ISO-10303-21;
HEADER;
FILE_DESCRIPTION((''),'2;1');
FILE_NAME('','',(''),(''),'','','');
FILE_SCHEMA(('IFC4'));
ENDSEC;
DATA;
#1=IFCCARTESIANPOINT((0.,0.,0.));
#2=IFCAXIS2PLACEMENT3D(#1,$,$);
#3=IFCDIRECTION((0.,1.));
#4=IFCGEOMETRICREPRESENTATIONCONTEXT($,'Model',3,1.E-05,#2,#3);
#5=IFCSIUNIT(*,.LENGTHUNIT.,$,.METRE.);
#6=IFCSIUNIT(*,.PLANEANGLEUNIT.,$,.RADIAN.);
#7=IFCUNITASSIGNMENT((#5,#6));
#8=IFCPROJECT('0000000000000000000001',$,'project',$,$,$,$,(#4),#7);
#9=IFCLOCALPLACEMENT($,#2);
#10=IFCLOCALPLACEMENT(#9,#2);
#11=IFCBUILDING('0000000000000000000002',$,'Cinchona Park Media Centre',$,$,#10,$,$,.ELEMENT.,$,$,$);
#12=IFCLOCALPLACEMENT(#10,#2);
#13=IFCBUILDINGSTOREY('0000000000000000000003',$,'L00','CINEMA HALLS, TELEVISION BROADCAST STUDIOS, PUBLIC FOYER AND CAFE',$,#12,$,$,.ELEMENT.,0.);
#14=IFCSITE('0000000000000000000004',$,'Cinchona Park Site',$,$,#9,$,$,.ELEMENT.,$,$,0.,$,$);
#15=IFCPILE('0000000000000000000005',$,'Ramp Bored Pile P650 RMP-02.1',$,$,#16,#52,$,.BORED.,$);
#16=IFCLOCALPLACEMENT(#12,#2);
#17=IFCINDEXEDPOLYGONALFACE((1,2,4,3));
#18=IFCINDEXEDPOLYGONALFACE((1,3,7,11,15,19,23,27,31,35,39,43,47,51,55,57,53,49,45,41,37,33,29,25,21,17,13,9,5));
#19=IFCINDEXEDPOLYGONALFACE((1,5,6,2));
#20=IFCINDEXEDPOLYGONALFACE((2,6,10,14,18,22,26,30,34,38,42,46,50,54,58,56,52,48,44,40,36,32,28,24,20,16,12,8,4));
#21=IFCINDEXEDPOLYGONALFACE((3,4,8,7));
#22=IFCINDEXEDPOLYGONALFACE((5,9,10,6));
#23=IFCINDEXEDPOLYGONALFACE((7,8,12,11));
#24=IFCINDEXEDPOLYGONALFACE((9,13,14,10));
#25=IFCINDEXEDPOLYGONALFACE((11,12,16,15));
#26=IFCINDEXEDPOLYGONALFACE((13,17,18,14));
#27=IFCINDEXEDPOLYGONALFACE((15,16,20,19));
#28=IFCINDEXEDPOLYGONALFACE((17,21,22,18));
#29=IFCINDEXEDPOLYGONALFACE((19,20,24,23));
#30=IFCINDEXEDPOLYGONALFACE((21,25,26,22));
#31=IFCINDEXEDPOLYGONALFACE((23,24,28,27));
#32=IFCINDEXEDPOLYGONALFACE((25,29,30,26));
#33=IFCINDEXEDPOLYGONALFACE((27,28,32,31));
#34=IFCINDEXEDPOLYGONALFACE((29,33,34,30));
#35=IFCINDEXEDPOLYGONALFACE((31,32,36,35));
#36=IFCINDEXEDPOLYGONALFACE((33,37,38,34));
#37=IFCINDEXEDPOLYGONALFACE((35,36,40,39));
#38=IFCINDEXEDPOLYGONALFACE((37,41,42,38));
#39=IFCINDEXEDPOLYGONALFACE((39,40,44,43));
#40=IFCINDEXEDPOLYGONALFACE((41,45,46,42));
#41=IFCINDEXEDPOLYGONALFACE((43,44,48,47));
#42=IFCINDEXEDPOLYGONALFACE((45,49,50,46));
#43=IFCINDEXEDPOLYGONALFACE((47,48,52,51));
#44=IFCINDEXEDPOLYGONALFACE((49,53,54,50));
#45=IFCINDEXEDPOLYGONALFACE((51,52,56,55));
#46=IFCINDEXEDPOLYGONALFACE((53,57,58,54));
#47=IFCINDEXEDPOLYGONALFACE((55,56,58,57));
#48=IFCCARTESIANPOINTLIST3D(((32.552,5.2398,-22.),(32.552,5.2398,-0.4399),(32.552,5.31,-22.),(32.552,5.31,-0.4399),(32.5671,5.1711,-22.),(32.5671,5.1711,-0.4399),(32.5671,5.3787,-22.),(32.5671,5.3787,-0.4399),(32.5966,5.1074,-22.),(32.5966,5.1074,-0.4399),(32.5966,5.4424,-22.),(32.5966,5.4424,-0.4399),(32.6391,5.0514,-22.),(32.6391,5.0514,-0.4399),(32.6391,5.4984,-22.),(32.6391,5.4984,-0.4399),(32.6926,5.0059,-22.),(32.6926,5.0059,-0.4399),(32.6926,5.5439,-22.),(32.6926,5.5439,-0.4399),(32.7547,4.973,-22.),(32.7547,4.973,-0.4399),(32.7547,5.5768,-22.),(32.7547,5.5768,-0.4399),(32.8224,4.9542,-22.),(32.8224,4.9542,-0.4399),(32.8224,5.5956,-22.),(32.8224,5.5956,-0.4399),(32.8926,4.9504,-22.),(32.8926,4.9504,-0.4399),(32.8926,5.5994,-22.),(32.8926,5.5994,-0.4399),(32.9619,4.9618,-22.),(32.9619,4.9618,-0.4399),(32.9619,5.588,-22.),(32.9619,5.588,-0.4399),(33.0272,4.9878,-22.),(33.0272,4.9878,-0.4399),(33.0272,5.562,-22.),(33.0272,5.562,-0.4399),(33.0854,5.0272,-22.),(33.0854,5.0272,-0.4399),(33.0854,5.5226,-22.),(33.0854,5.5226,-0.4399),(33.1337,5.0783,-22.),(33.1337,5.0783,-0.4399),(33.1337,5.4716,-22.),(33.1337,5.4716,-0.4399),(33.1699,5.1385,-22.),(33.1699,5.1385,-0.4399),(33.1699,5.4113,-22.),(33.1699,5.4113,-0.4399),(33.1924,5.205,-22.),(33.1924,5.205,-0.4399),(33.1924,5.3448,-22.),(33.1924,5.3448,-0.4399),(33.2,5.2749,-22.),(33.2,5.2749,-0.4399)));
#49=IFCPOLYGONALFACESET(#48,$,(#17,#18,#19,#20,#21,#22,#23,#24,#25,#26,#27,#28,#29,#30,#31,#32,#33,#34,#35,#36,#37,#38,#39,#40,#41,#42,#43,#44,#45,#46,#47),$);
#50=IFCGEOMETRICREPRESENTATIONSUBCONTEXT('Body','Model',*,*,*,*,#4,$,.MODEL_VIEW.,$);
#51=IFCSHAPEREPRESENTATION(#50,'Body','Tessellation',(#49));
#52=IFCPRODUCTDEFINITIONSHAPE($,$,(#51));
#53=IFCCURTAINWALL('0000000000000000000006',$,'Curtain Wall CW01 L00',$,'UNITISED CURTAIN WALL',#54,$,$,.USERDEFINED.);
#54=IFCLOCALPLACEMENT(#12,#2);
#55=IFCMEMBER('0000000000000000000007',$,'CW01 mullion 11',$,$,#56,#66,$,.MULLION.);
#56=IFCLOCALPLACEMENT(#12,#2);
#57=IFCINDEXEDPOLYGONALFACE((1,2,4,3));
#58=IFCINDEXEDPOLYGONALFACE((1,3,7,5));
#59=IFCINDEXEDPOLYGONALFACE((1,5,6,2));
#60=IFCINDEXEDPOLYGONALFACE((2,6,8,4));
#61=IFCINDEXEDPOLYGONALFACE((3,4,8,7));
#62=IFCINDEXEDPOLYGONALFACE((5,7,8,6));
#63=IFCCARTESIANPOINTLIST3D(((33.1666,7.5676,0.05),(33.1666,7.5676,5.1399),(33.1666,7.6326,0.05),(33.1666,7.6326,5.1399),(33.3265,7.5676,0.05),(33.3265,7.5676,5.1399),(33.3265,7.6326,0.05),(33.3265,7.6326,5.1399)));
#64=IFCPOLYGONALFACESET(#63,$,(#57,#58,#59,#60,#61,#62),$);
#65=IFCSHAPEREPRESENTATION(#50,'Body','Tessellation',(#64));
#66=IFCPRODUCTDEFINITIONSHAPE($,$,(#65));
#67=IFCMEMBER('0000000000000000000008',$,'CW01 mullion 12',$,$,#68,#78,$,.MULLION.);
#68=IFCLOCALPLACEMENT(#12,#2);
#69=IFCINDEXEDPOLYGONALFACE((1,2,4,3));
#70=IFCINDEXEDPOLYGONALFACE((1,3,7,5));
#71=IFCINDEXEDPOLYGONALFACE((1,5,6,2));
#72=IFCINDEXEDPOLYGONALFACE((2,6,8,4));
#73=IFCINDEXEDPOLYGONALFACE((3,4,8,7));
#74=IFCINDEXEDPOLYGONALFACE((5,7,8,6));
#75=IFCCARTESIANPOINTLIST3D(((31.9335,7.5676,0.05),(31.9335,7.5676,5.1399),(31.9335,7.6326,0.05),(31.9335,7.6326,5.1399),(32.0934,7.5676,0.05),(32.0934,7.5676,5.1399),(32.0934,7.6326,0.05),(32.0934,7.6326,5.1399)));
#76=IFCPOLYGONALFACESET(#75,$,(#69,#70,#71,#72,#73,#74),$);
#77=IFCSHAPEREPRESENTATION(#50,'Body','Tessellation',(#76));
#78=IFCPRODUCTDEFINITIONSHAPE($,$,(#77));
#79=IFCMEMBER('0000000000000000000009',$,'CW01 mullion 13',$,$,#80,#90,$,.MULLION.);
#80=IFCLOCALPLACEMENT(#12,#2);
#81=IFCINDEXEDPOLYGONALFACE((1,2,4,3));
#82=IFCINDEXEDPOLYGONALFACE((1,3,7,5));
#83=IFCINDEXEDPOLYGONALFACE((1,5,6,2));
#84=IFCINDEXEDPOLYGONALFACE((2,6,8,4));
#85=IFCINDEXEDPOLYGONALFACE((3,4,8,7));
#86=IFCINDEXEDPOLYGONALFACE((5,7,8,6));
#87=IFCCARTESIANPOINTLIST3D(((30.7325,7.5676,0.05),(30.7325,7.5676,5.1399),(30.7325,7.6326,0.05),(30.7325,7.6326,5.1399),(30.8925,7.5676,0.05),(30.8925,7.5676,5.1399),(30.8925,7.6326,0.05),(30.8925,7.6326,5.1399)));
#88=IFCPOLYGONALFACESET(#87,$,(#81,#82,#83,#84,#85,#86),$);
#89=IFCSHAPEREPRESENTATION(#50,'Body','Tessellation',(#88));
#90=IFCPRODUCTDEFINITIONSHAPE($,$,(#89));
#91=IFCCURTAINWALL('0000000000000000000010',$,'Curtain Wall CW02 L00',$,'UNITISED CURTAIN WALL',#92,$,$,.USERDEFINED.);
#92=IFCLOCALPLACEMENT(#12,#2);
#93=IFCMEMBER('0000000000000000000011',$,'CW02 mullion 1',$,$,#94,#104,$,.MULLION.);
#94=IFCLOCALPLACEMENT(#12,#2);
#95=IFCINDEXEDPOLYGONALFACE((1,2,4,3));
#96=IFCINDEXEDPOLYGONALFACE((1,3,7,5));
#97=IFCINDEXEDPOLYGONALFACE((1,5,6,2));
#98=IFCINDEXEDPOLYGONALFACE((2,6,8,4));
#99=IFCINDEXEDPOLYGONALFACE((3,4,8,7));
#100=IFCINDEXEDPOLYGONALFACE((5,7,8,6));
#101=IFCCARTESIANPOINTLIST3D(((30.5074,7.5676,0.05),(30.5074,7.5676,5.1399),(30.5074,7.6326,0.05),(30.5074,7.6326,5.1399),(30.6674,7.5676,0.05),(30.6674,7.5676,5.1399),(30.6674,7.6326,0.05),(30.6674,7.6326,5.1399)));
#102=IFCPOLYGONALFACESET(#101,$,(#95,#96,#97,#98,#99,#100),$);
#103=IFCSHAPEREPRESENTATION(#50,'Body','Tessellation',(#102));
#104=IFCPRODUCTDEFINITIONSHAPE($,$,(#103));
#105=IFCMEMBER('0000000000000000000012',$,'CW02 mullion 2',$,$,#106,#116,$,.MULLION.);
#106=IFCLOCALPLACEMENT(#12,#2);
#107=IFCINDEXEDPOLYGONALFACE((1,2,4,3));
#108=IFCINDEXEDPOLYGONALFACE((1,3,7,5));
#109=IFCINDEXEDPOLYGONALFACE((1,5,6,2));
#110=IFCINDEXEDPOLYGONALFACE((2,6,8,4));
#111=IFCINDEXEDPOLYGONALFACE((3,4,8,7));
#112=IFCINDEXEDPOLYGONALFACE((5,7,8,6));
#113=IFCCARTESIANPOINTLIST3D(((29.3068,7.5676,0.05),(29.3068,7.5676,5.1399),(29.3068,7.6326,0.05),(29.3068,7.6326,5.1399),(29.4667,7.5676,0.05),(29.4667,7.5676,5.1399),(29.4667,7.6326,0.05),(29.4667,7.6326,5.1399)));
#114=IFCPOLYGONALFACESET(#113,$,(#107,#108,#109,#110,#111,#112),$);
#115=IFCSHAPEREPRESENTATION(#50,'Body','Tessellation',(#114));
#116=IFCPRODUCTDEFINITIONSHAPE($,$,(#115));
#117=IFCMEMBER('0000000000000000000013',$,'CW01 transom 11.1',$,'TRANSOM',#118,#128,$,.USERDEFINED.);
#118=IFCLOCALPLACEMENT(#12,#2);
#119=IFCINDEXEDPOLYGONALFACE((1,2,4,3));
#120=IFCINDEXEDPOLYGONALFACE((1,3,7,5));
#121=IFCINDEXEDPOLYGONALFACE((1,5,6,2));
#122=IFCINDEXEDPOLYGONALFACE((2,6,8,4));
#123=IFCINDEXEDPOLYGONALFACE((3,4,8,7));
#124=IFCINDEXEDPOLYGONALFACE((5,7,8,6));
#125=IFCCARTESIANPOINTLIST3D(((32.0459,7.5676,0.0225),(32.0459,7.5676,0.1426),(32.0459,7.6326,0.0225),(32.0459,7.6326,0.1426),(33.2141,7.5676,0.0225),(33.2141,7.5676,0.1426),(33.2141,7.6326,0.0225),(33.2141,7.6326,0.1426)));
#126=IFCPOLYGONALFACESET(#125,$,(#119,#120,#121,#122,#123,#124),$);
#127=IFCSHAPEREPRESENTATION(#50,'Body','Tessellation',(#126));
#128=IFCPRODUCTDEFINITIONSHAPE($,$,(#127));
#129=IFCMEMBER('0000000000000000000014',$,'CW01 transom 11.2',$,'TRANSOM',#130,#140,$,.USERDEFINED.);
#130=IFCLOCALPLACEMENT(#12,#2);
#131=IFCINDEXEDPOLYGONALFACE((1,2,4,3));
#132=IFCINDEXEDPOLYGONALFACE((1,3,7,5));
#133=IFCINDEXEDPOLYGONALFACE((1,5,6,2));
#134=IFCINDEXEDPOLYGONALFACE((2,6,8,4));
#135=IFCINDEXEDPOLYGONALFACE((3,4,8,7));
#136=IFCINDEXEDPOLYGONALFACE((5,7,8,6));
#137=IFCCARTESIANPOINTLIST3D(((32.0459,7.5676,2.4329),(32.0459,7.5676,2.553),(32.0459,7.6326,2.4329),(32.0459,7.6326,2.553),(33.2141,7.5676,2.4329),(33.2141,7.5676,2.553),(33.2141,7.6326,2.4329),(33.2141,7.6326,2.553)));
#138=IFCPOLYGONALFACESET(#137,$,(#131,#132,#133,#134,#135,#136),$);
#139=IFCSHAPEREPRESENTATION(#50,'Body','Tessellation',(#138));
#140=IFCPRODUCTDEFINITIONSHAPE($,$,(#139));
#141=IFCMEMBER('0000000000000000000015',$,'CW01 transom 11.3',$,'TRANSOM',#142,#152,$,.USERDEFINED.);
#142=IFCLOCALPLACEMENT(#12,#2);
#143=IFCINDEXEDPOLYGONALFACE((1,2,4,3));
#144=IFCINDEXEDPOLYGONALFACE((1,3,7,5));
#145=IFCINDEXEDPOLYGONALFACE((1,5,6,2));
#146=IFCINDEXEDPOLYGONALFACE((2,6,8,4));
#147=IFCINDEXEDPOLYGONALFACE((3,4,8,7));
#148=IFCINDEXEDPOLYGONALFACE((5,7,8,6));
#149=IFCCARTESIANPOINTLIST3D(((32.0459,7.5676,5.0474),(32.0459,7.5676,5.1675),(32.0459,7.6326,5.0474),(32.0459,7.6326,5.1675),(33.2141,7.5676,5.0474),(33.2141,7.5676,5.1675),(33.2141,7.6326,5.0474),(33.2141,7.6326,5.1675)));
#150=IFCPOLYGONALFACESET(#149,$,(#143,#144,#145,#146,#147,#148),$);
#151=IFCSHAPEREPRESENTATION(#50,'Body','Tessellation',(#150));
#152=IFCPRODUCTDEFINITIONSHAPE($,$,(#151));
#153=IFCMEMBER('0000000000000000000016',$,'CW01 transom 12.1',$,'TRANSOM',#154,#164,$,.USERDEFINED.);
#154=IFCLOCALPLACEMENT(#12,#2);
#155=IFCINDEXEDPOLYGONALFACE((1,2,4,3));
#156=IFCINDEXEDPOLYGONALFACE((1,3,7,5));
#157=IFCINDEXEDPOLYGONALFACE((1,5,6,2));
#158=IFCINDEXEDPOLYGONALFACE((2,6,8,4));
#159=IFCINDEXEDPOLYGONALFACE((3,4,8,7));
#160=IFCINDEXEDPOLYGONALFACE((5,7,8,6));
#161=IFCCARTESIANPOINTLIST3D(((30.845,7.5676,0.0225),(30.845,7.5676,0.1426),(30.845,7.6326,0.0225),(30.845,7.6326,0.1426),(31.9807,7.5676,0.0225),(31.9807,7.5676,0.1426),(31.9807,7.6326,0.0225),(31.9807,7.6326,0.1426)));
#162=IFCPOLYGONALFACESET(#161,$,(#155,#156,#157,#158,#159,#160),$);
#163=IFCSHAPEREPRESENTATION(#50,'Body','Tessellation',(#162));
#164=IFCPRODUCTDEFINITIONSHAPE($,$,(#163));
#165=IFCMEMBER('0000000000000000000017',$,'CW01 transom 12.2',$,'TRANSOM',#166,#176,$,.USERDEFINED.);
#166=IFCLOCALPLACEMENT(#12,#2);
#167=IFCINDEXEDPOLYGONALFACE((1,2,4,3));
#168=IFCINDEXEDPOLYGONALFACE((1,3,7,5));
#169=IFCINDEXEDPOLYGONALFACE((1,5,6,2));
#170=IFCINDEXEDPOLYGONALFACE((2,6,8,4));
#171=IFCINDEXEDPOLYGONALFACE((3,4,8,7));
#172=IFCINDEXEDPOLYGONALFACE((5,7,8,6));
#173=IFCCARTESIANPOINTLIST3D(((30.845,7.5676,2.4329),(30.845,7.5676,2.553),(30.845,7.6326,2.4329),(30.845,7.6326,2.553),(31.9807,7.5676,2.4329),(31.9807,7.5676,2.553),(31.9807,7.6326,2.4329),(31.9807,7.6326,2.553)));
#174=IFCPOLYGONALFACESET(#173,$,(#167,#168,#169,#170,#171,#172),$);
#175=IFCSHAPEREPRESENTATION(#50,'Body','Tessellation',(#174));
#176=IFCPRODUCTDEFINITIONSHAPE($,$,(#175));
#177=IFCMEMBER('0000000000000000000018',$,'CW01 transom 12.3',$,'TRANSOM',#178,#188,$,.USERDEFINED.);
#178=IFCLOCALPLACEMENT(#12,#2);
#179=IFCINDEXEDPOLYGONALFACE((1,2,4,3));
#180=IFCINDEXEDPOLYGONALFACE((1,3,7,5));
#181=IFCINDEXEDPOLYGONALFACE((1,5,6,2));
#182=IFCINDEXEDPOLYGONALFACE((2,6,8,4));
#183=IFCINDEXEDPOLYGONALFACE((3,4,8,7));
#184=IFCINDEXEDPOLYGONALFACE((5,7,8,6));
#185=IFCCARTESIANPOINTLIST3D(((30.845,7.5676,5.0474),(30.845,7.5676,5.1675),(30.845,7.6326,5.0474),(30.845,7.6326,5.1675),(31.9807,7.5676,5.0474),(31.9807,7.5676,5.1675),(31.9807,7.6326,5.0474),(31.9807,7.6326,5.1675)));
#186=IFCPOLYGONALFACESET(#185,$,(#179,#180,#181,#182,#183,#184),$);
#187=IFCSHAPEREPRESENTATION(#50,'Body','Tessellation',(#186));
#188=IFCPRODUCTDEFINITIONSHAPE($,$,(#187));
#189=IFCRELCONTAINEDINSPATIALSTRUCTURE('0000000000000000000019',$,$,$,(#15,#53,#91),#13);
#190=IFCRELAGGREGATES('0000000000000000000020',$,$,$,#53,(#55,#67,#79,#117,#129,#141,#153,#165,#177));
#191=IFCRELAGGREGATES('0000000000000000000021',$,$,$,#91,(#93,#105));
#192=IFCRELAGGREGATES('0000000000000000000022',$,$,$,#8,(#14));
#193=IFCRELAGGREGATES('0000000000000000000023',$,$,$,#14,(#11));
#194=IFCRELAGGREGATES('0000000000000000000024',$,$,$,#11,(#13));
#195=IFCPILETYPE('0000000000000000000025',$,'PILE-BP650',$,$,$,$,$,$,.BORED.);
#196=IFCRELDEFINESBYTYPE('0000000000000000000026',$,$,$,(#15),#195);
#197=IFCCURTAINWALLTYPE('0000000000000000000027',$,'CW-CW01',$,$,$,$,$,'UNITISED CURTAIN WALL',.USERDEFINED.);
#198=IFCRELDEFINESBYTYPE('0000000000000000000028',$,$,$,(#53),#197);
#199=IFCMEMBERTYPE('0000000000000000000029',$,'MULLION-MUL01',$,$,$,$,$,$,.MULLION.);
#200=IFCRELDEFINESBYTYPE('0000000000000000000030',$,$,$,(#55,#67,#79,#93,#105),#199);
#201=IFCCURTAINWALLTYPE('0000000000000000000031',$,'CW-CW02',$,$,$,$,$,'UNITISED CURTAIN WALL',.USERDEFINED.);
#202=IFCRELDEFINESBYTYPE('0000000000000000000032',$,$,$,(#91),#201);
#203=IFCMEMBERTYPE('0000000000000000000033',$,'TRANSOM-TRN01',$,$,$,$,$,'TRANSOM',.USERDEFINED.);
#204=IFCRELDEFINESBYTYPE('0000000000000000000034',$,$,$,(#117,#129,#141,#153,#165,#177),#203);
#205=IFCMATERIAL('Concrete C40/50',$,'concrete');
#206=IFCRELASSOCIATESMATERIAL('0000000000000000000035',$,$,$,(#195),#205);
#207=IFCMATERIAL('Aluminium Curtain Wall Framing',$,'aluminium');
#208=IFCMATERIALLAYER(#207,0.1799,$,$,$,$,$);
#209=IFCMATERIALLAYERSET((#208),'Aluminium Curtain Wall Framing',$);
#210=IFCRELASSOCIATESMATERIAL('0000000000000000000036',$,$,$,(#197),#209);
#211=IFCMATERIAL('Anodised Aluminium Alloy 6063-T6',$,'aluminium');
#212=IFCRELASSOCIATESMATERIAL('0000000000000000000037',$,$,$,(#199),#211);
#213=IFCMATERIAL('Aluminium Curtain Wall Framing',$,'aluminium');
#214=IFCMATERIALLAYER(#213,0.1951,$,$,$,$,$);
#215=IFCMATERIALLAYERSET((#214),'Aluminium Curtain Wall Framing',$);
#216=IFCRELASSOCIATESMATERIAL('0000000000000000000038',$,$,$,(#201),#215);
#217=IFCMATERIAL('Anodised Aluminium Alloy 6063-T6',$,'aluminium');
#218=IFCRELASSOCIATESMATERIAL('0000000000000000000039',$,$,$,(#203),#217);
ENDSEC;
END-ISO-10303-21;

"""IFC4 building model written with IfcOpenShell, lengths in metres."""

from ifc_helpers import new_model, si_unit, direction, frame, origin, origin_2d, place, context, subcontext, project, spatial, rectangle, circle, extrude, material, layer, layer_set, material_profile, profile_set, type_object, element, aggregate, save


model = new_model("IFC4")

# Units and contexts
model_context = context("Model", 3, precision=1e-05, world=origin(), true_north=direction((0.0, 1.0)))
body_context = subcontext(model_context, "Body", "Model", "MODEL_VIEW")
ifc_project = project(units=[si_unit("LENGTHUNIT", "METRE"), si_unit("PLANEANGLEUNIT", "RADIAN")], contexts=[model_context])

# Site, building, storey
site_placement = place(None, origin())
site = spatial("IfcSite", under=ifc_project, at=site_placement, Name="Cinchona Park Site", CompositionType="ELEMENT", RefElevation=0.0)
building_placement = place(site_placement, origin())
building = spatial("IfcBuilding", under=site, at=building_placement, Name="Cinchona Park Media Centre", CompositionType="ELEMENT")
storey_placement = place(building_placement, origin())
storey = spatial("IfcBuildingStorey", under=building, at=storey_placement, Name="L00", Description="CINEMA HALLS, TELEVISION BROADCAST STUDIOS, PUBLIC FOYER AND CAFE", CompositionType="ELEMENT", Elevation=0.0)

# Pile
ifc_material_1 = material(Name="Concrete C40/50", Category="concrete")
ifc_material_profile_1 = material_profile(ifc_material_1, circle(Radius=0.325, at=origin_2d()), Name="BORED PILE 650")
ifc_profile_set_1 = profile_set([ifc_material_profile_1], Name="Concrete C40/50")
pile_type = type_object("IfcPileType", Name="PILE-BP650", PredefinedType="BORED", material=ifc_profile_set_1)
pile_placement = place(storey_placement, frame((32.875, 5.2749, -0.4399), z_axis=(0.0, 0.0, -1.0), x_axis=(1.0, 0.0, 0.0)))
element("IfcPile", 1, at=pile_placement, inside=storey, type_object=pile_type, Name="Ramp Bored Pile P650 RMP-02.1", PredefinedType="BORED", context=body_context, shape_type="SweptSolid", body=[
    extrude(circle(Radius=0.325, at=origin_2d()), origin(), (0.0, 0.0, 1.0), 21.5601),
])

# Curtain walls, members
ifc_material_2 = material(Name="Aluminium Curtain Wall Framing", Category="aluminium")
ifc_layer_1 = layer(ifc_material_2, 0.1799)
ifc_layer_set_1 = layer_set([ifc_layer_1], Name="Aluminium Curtain Wall Framing")
curtain_wall_type_1 = type_object("IfcCurtainWallType", Name="CW-CW01", ElementType="UNITISED CURTAIN WALL", PredefinedType="USERDEFINED", material=ifc_layer_set_1)
curtain_wall_1_placement = place(storey_placement, origin())
curtain_wall_1 = element("IfcCurtainWall", 2, at=curtain_wall_1_placement, inside=storey, type_object=curtain_wall_type_1, Name="Curtain Wall CW01 L00", ObjectType="UNITISED CURTAIN WALL", PredefinedType="USERDEFINED")
ifc_material_3 = material(Name="Anodised Aluminium Alloy 6063-T6", Category="aluminium")
ifc_material_profile_2 = material_profile(ifc_material_3, rectangle(XDim=0.0649, YDim=0.1599, at=origin_2d()), Name="MUL-65X160")
ifc_profile_set_2 = profile_set([ifc_material_profile_2], Name="Anodised Aluminium Alloy 6063-T6")
member_type_1 = type_object("IfcMemberType", Name="MULLION-MUL01", PredefinedType="MULLION", material=ifc_profile_set_2)
member_1_placement = place(storey_placement, frame((33.2466, 7.6001, 0.05), z_axis=(0.0, 0.0, 1.0), x_axis=(0.0, -1.0, 0.0)))
member_1 = element("IfcMember", 3, at=member_1_placement, type_object=member_type_1, Name="CW01 mullion 11", PredefinedType="MULLION", context=body_context, shape_type="SweptSolid", body=[
    extrude(rectangle(XDim=0.0649, YDim=0.1599, at=origin_2d()), origin(), (0.0, 0.0, 1.0), 5.0898),
])
member_2_placement = place(storey_placement, frame((32.0134, 7.6001, 0.05), z_axis=(0.0, 0.0, 1.0), x_axis=(0.0, -1.0, 0.0)))
member_2 = element("IfcMember", 4, at=member_2_placement, type_object=member_type_1, Name="CW01 mullion 12", PredefinedType="MULLION", context=body_context, shape_type="SweptSolid", body=[
    extrude(rectangle(XDim=0.0649, YDim=0.1599, at=origin_2d()), origin(), (0.0, 0.0, 1.0), 5.0898),
])
member_3_placement = place(storey_placement, frame((30.8125, 7.6001, 0.05), z_axis=(0.0, 0.0, 1.0), x_axis=(0.0, -1.0, 0.0)))
member_3 = element("IfcMember", 5, at=member_3_placement, type_object=member_type_1, Name="CW01 mullion 13", PredefinedType="MULLION", context=body_context, shape_type="SweptSolid", body=[
    extrude(rectangle(XDim=0.0649, YDim=0.1599, at=origin_2d()), origin(), (0.0, 0.0, 1.0), 5.0898),
])
ifc_material_4 = material(Name="Aluminium Curtain Wall Framing", Category="aluminium")
ifc_layer_2 = layer(ifc_material_4, 0.1951)
ifc_layer_set_2 = layer_set([ifc_layer_2], Name="Aluminium Curtain Wall Framing")
curtain_wall_type_2 = type_object("IfcCurtainWallType", Name="CW-CW02", ElementType="UNITISED CURTAIN WALL", PredefinedType="USERDEFINED", material=ifc_layer_set_2)
curtain_wall_2_placement = place(storey_placement, origin())
curtain_wall_2 = element("IfcCurtainWall", 6, at=curtain_wall_2_placement, inside=storey, type_object=curtain_wall_type_2, Name="Curtain Wall CW02 L00", ObjectType="UNITISED CURTAIN WALL", PredefinedType="USERDEFINED")
member_4_placement = place(storey_placement, frame((30.5874, 7.6001, 0.05), z_axis=(0.0, 0.0, 1.0), x_axis=(0.0, -1.0, 0.0)))
member_4 = element("IfcMember", 7, at=member_4_placement, type_object=member_type_1, Name="CW02 mullion 1", PredefinedType="MULLION", context=body_context, shape_type="SweptSolid", body=[
    extrude(rectangle(XDim=0.0649, YDim=0.1599, at=origin_2d()), origin(), (0.0, 0.0, 1.0), 5.0898),
])
member_5_placement = place(storey_placement, frame((29.3867, 7.6001, 0.05), z_axis=(0.0, 0.0, 1.0), x_axis=(0.0, -1.0, 0.0)))
member_5 = element("IfcMember", 8, at=member_5_placement, type_object=member_type_1, Name="CW02 mullion 2", PredefinedType="MULLION", context=body_context, shape_type="SweptSolid", body=[
    extrude(rectangle(XDim=0.0649, YDim=0.1599, at=origin_2d()), origin(), (0.0, 0.0, 1.0), 5.0898),
])

# Members
ifc_material_5 = material(Name="Anodised Aluminium Alloy 6063-T6", Category="aluminium")
ifc_material_profile_3 = material_profile(ifc_material_5, rectangle(XDim=0.0649, YDim=0.1201, at=origin_2d()), Name="TRN-65X120")
ifc_profile_set_3 = profile_set([ifc_material_profile_3], Name="Anodised Aluminium Alloy 6063-T6")
member_type_2 = type_object("IfcMemberType", Name="TRANSOM-TRN01", ElementType="TRANSOM", PredefinedType="USERDEFINED", material=ifc_profile_set_3)
member_6_placement = place(storey_placement, frame((33.2141, 7.6001, 0.0825), z_axis=(-1.0, 0.0, 0.0), x_axis=(0.0, -1.0, 0.0)))
member_6 = element("IfcMember", 9, at=member_6_placement, type_object=member_type_2, Name="CW01 transom 11.1", ObjectType="TRANSOM", PredefinedType="USERDEFINED", context=body_context, shape_type="SweptSolid", body=[
    extrude(rectangle(XDim=0.0649, YDim=0.1201, at=origin_2d()), origin(), (0.0, 0.0, 1.0), 1.1682),
])
member_7_placement = place(storey_placement, frame((33.2141, 7.6001, 2.4929), z_axis=(-1.0, 0.0, 0.0), x_axis=(0.0, -1.0, 0.0)))
member_7 = element("IfcMember", 10, at=member_7_placement, type_object=member_type_2, Name="CW01 transom 11.2", ObjectType="TRANSOM", PredefinedType="USERDEFINED", context=body_context, shape_type="SweptSolid", body=[
    extrude(rectangle(XDim=0.0649, YDim=0.1201, at=origin_2d()), origin(), (0.0, 0.0, 1.0), 1.1682),
])
member_8_placement = place(storey_placement, frame((33.2141, 7.6001, 5.1074), z_axis=(-1.0, 0.0, 0.0), x_axis=(0.0, -1.0, 0.0)))
member_8 = element("IfcMember", 11, at=member_8_placement, type_object=member_type_2, Name="CW01 transom 11.3", ObjectType="TRANSOM", PredefinedType="USERDEFINED", context=body_context, shape_type="SweptSolid", body=[
    extrude(rectangle(XDim=0.0649, YDim=0.1201, at=origin_2d()), origin(), (0.0, 0.0, 1.0), 1.1682),
])
member_9_placement = place(storey_placement, frame((31.9807, 7.6001, 0.0825), z_axis=(-1.0, 0.0, 0.0), x_axis=(0.0, -1.0, 0.0)))
member_9 = element("IfcMember", 12, at=member_9_placement, type_object=member_type_2, Name="CW01 transom 12.1", ObjectType="TRANSOM", PredefinedType="USERDEFINED", context=body_context, shape_type="SweptSolid", body=[
    extrude(rectangle(XDim=0.0649, YDim=0.1201, at=origin_2d()), origin(), (0.0, 0.0, 1.0), 1.1357),
])
member_10_placement = place(storey_placement, frame((31.9807, 7.6001, 2.4929), z_axis=(-1.0, 0.0, 0.0), x_axis=(0.0, -1.0, 0.0)))
member_10 = element("IfcMember", 13, at=member_10_placement, type_object=member_type_2, Name="CW01 transom 12.2", ObjectType="TRANSOM", PredefinedType="USERDEFINED", context=body_context, shape_type="SweptSolid", body=[
    extrude(rectangle(XDim=0.0649, YDim=0.1201, at=origin_2d()), origin(), (0.0, 0.0, 1.0), 1.1357),
])
member_11_placement = place(storey_placement, frame((31.9807, 7.6001, 5.1074), z_axis=(-1.0, 0.0, 0.0), x_axis=(0.0, -1.0, 0.0)))
member_11 = element("IfcMember", 14, at=member_11_placement, type_object=member_type_2, Name="CW01 transom 12.3", ObjectType="TRANSOM", PredefinedType="USERDEFINED", context=body_context, shape_type="SweptSolid", body=[
    extrude(rectangle(XDim=0.0649, YDim=0.1201, at=origin_2d()), origin(), (0.0, 0.0, 1.0), 1.1357),
])

aggregate(curtain_wall_1, [member_1, member_2, member_3, member_6, member_7, member_8, member_9, member_10, member_11])
aggregate(curtain_wall_2, [member_4, member_5])

save(model, "model.ifc")
